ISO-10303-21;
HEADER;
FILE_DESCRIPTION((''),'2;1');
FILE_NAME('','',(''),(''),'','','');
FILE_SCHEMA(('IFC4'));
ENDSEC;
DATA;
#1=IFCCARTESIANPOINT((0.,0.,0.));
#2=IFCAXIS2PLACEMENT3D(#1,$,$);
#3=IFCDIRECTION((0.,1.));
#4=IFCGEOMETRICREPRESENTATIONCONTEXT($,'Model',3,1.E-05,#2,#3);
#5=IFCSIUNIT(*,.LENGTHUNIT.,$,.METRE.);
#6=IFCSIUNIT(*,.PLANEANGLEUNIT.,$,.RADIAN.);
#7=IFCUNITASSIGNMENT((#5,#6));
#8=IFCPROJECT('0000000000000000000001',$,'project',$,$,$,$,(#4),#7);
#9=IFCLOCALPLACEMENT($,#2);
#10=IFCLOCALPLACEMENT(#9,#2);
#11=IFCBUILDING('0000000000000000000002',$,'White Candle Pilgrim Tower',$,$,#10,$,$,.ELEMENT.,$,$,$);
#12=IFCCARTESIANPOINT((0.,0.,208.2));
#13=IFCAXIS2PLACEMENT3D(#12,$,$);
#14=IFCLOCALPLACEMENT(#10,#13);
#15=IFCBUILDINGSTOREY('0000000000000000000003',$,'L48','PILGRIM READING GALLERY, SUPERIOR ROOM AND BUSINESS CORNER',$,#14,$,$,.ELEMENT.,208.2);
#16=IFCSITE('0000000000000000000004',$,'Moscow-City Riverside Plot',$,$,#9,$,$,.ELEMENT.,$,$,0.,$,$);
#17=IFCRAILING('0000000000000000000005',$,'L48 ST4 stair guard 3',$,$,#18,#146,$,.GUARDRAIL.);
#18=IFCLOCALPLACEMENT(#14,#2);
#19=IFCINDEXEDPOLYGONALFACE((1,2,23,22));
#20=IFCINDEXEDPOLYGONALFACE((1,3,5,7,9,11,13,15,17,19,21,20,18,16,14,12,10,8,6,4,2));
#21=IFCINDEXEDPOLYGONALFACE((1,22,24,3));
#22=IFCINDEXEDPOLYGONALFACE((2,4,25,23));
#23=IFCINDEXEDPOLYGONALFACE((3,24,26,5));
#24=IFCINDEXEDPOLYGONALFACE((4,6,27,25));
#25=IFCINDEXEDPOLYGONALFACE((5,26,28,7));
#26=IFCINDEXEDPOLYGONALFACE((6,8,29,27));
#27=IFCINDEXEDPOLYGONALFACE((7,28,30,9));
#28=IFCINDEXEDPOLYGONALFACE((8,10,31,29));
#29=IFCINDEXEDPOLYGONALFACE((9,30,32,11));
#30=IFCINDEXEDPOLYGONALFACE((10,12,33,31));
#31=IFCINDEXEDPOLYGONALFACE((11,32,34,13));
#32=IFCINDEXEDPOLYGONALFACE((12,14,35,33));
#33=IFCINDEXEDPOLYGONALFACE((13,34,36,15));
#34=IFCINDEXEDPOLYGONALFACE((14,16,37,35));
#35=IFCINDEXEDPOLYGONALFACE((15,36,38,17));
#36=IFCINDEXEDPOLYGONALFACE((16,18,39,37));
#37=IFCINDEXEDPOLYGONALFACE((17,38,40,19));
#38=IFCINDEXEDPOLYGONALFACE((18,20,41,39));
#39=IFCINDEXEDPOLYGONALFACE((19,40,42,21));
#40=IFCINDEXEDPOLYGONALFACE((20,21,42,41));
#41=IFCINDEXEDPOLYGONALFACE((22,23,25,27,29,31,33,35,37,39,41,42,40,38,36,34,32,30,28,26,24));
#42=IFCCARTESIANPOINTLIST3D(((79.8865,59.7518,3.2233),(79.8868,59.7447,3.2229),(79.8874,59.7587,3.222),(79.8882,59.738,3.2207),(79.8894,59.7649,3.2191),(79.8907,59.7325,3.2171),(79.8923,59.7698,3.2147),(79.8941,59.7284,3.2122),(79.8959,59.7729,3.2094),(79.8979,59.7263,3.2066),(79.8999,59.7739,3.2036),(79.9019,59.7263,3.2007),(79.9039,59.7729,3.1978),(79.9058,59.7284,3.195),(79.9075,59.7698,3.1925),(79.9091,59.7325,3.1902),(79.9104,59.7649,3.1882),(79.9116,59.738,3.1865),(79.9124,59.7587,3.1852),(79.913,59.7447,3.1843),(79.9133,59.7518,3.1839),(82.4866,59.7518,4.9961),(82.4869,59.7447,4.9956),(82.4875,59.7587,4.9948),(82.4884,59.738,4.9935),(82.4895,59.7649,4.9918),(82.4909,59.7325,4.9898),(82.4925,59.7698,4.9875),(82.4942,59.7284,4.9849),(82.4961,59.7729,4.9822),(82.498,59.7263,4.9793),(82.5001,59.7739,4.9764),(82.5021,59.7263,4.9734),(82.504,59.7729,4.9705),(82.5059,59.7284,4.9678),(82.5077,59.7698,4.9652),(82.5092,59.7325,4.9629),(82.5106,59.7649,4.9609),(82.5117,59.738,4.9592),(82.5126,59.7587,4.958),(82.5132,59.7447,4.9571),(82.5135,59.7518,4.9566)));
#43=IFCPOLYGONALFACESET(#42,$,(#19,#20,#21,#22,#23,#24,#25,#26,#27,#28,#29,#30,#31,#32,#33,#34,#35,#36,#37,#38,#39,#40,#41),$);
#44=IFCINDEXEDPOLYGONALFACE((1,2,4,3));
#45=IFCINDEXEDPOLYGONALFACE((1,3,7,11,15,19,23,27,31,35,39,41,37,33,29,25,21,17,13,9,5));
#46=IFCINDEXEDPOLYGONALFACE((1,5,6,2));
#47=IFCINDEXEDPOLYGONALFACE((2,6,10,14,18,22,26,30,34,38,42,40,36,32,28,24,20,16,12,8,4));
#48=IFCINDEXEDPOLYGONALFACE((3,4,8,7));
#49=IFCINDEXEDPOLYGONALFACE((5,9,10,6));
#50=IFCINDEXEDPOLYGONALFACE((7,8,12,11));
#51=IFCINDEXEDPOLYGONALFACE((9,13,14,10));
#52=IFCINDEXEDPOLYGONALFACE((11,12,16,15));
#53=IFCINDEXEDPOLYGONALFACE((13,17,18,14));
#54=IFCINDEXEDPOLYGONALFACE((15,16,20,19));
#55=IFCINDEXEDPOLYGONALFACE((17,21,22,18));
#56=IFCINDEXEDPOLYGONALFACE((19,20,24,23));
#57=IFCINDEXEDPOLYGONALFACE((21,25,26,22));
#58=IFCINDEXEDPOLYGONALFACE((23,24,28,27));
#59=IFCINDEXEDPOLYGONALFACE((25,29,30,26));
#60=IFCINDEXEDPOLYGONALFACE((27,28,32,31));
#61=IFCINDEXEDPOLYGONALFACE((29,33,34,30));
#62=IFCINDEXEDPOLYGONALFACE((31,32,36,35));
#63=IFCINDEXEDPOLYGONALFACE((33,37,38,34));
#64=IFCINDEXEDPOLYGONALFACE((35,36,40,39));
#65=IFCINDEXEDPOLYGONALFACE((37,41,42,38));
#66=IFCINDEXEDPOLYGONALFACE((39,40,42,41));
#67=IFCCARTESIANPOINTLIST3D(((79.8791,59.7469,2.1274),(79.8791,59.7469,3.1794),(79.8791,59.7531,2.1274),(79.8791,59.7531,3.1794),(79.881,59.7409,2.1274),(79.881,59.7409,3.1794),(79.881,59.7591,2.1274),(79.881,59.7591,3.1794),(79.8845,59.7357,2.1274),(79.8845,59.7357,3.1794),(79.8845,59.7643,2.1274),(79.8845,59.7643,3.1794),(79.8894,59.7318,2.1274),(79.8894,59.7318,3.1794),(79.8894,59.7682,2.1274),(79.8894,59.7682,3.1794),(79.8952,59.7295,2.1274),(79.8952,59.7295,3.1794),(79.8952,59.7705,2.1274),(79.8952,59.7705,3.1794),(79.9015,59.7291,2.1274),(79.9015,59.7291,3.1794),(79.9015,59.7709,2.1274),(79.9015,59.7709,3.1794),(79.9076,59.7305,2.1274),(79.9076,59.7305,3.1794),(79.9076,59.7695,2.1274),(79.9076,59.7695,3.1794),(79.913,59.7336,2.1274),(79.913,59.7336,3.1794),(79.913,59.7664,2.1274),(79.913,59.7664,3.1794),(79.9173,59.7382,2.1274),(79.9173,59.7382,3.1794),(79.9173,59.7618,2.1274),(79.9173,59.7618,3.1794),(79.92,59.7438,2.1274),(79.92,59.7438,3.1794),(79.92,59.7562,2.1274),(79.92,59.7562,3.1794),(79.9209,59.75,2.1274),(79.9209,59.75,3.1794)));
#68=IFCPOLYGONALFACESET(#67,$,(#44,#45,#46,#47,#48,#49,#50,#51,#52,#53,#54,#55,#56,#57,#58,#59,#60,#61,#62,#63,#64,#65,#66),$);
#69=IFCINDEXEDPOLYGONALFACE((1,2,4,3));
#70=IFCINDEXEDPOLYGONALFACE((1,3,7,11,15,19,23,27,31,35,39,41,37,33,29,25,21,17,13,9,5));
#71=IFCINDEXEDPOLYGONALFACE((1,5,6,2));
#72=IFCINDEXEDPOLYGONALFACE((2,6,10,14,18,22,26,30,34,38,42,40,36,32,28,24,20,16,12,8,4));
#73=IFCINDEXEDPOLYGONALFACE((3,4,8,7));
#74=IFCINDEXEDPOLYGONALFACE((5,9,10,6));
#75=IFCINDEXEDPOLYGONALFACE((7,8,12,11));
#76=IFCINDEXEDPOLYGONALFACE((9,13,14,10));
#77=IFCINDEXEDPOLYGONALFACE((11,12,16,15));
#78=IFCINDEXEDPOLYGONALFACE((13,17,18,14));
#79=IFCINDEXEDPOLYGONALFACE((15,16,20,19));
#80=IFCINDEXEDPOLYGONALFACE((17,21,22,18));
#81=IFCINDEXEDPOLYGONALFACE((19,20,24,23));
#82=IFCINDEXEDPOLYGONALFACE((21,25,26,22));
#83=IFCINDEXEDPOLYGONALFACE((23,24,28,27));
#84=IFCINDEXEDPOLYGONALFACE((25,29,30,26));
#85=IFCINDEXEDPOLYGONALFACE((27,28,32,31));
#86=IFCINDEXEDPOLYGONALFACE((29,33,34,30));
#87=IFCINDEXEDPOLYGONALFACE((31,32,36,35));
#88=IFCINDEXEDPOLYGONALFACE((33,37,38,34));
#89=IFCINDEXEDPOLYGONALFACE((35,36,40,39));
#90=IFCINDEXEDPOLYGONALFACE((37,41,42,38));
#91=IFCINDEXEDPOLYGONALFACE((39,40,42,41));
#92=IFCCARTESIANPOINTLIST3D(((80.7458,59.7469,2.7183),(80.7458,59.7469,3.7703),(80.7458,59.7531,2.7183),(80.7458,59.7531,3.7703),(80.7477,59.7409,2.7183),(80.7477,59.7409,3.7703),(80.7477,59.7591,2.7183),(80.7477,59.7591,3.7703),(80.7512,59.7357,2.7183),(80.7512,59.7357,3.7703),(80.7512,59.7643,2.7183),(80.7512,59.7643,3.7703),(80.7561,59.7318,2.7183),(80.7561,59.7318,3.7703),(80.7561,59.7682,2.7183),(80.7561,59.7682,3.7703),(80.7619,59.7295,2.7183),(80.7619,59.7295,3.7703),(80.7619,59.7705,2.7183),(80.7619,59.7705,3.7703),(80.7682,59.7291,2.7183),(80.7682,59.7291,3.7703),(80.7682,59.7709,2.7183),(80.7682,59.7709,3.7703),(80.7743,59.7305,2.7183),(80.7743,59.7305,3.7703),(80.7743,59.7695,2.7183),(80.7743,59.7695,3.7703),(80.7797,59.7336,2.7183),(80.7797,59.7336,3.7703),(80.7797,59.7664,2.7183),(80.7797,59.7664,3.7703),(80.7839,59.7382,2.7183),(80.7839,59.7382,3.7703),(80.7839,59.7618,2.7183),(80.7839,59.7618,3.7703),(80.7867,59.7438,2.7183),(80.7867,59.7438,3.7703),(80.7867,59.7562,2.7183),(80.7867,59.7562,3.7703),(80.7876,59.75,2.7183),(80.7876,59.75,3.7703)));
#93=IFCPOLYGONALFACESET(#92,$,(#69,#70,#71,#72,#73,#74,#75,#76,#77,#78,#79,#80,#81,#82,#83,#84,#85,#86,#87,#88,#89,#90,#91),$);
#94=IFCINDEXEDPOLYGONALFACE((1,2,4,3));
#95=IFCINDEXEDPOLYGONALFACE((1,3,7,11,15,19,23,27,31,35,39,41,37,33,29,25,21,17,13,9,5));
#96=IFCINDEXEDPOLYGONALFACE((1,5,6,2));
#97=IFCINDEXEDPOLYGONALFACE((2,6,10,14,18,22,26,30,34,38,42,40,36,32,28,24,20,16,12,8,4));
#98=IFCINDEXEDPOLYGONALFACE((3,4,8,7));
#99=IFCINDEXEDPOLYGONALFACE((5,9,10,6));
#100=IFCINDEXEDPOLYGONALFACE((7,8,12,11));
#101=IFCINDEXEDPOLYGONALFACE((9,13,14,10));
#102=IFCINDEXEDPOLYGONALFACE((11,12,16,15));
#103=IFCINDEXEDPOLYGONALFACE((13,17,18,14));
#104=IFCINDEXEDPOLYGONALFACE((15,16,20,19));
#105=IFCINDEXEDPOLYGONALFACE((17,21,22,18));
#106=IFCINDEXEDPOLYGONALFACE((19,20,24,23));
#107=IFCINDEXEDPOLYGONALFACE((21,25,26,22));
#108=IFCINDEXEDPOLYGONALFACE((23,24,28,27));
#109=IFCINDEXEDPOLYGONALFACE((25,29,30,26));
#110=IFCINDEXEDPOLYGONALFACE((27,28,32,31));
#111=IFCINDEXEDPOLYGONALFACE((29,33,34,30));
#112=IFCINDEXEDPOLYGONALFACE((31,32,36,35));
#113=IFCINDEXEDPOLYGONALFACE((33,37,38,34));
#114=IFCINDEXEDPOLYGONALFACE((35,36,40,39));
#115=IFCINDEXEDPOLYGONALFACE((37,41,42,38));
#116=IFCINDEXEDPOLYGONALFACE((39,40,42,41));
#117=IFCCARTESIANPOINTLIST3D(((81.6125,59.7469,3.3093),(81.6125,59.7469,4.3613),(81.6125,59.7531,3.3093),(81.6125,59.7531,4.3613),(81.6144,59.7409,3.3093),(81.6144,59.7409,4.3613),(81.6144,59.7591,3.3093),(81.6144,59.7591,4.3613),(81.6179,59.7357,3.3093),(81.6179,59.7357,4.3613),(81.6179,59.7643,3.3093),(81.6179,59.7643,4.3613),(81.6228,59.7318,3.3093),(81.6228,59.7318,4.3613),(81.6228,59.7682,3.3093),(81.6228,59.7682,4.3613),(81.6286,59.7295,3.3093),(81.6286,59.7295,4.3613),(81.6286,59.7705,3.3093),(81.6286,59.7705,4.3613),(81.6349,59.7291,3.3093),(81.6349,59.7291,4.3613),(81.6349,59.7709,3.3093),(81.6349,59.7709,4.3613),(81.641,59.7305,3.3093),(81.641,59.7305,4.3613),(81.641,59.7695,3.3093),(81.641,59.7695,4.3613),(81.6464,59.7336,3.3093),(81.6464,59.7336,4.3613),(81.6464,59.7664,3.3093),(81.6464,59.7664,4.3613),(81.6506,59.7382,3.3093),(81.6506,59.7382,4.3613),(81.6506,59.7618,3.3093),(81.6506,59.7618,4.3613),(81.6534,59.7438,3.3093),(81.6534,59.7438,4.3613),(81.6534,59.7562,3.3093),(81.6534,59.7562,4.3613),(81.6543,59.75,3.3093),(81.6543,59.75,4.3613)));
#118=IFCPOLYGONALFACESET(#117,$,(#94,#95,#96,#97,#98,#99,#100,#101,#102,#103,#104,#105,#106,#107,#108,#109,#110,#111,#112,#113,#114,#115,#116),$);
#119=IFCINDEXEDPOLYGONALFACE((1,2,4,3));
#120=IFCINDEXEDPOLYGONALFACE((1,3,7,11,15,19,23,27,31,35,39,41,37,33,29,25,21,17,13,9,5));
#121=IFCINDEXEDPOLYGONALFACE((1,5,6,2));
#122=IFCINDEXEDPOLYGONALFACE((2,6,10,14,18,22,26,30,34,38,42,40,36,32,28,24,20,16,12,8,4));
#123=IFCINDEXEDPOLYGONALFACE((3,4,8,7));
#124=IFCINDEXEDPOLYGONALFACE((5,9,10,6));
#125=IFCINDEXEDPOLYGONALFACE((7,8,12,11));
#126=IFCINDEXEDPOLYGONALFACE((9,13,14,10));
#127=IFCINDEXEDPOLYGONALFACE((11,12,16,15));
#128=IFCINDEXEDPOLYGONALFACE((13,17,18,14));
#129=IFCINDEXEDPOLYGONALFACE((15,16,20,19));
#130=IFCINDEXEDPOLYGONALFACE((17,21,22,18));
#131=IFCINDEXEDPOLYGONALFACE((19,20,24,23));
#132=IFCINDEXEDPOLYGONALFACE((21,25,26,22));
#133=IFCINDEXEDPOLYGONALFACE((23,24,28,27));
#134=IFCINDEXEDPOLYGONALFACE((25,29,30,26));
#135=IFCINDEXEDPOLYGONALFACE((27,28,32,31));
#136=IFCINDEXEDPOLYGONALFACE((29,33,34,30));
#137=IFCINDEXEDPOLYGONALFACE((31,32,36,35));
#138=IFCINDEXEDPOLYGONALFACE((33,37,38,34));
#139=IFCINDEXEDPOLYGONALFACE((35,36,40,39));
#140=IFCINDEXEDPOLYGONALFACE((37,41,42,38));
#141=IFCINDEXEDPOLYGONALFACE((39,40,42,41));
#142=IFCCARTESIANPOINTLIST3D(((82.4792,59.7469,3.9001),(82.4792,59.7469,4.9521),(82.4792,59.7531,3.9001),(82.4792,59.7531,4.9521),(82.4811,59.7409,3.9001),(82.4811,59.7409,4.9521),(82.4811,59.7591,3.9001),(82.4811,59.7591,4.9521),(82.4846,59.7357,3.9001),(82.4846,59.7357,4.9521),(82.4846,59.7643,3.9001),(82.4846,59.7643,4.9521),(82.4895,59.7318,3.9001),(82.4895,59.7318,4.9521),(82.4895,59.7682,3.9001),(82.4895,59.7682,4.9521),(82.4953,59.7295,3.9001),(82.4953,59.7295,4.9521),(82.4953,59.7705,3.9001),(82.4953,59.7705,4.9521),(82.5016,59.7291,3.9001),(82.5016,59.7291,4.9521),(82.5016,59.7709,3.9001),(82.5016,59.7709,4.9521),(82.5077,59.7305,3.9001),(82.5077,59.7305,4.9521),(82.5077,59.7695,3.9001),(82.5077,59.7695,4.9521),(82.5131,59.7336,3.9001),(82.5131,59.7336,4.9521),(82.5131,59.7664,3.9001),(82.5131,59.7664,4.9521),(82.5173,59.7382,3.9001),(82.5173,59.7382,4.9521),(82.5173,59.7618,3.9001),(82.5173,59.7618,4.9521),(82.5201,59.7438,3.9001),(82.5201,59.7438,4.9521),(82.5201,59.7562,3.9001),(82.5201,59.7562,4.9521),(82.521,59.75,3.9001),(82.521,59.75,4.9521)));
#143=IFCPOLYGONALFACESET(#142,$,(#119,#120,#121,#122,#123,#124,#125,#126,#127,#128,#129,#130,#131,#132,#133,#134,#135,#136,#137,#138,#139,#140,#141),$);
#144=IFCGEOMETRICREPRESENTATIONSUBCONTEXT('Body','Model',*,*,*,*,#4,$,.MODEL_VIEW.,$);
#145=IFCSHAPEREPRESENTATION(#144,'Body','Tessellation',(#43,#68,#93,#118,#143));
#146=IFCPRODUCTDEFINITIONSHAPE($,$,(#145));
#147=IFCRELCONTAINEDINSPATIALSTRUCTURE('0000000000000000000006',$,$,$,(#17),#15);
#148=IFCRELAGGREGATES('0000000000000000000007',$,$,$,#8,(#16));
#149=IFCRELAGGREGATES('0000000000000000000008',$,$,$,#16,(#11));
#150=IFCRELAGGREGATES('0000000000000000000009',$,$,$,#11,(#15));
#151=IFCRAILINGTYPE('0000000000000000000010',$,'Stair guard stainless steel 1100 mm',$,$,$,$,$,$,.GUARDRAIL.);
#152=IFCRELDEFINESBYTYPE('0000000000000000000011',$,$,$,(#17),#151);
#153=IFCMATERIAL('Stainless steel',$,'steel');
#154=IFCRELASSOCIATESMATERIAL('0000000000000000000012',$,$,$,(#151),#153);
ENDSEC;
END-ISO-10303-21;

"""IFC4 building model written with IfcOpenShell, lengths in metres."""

from ifc_helpers import new_model, si_unit, direction, frame, origin, origin_2d, place, context, subcontext, project, spatial, circle, extrude, material, type_object, element, save


model = new_model("IFC4")

# Units and contexts
model_context = context("Model", 3, precision=1e-05, world=origin(), true_north=direction((0.0, 1.0)))
body_context = subcontext(model_context, "Body", "Model", "MODEL_VIEW")
ifc_project = project(units=[si_unit("LENGTHUNIT", "METRE"), si_unit("PLANEANGLEUNIT", "RADIAN")], contexts=[model_context])

# Site, building, storey
site_placement = place(None, origin())
site = spatial("IfcSite", under=ifc_project, at=site_placement, Name="Moscow-City Riverside Plot", CompositionType="ELEMENT", RefElevation=0.0)
building_placement = place(site_placement, origin())
building = spatial("IfcBuilding", under=site, at=building_placement, Name="White Candle Pilgrim Tower", CompositionType="ELEMENT")
storey_placement = place(building_placement, frame((0.0, 0.0, 208.2)))
storey = spatial("IfcBuildingStorey", under=building, at=storey_placement, Name="L48", Description="PILGRIM READING GALLERY, SUPERIOR ROOM AND BUSINESS CORNER", CompositionType="ELEMENT", Elevation=208.2)

# Railing
ifc_material_1 = material(Name="Stainless steel", Category="steel")
railing_type_1 = type_object("IfcRailingType", Name="Stair guard stainless steel 1100 mm", PredefinedType="GUARDRAIL", material=ifc_material_1)
railing_1_placement = place(storey_placement, frame((79.8999, 59.75, 2.1274)))
element("IfcRailing", 1, at=railing_1_placement, inside=storey, type_object=railing_type_1, Name="L48 ST4 stair guard 3", PredefinedType="GUARDRAIL", context=body_context, shape_type="SweptSolid", body=[
    extrude(circle(Radius=0.0239, at=origin_2d()), frame((0.0, 0.0, 1.0762), z_axis=(0.82624, 0.0, 0.563318), x_axis=(0.0, 1.0, 0.0)), (0.0, 0.0, 1.0), 3.147),
    extrude(circle(Radius=0.021, at=origin_2d()), origin(), (0.0, 0.0, 1.0), 1.052),
    extrude(circle(Radius=0.021, at=origin_2d()), frame((0.8667, 0.0, 0.5908)), (0.0, 0.0, 1.0), 1.052),
    extrude(circle(Radius=0.021, at=origin_2d()), frame((1.7334, 0.0, 1.1819)), (0.0, 0.0, 1.0), 1.052),
    extrude(circle(Radius=0.021, at=origin_2d()), frame((2.6001, 0.0, 1.7727)), (0.0, 0.0, 1.0), 1.052),
])

save(model, "model.ifc")
